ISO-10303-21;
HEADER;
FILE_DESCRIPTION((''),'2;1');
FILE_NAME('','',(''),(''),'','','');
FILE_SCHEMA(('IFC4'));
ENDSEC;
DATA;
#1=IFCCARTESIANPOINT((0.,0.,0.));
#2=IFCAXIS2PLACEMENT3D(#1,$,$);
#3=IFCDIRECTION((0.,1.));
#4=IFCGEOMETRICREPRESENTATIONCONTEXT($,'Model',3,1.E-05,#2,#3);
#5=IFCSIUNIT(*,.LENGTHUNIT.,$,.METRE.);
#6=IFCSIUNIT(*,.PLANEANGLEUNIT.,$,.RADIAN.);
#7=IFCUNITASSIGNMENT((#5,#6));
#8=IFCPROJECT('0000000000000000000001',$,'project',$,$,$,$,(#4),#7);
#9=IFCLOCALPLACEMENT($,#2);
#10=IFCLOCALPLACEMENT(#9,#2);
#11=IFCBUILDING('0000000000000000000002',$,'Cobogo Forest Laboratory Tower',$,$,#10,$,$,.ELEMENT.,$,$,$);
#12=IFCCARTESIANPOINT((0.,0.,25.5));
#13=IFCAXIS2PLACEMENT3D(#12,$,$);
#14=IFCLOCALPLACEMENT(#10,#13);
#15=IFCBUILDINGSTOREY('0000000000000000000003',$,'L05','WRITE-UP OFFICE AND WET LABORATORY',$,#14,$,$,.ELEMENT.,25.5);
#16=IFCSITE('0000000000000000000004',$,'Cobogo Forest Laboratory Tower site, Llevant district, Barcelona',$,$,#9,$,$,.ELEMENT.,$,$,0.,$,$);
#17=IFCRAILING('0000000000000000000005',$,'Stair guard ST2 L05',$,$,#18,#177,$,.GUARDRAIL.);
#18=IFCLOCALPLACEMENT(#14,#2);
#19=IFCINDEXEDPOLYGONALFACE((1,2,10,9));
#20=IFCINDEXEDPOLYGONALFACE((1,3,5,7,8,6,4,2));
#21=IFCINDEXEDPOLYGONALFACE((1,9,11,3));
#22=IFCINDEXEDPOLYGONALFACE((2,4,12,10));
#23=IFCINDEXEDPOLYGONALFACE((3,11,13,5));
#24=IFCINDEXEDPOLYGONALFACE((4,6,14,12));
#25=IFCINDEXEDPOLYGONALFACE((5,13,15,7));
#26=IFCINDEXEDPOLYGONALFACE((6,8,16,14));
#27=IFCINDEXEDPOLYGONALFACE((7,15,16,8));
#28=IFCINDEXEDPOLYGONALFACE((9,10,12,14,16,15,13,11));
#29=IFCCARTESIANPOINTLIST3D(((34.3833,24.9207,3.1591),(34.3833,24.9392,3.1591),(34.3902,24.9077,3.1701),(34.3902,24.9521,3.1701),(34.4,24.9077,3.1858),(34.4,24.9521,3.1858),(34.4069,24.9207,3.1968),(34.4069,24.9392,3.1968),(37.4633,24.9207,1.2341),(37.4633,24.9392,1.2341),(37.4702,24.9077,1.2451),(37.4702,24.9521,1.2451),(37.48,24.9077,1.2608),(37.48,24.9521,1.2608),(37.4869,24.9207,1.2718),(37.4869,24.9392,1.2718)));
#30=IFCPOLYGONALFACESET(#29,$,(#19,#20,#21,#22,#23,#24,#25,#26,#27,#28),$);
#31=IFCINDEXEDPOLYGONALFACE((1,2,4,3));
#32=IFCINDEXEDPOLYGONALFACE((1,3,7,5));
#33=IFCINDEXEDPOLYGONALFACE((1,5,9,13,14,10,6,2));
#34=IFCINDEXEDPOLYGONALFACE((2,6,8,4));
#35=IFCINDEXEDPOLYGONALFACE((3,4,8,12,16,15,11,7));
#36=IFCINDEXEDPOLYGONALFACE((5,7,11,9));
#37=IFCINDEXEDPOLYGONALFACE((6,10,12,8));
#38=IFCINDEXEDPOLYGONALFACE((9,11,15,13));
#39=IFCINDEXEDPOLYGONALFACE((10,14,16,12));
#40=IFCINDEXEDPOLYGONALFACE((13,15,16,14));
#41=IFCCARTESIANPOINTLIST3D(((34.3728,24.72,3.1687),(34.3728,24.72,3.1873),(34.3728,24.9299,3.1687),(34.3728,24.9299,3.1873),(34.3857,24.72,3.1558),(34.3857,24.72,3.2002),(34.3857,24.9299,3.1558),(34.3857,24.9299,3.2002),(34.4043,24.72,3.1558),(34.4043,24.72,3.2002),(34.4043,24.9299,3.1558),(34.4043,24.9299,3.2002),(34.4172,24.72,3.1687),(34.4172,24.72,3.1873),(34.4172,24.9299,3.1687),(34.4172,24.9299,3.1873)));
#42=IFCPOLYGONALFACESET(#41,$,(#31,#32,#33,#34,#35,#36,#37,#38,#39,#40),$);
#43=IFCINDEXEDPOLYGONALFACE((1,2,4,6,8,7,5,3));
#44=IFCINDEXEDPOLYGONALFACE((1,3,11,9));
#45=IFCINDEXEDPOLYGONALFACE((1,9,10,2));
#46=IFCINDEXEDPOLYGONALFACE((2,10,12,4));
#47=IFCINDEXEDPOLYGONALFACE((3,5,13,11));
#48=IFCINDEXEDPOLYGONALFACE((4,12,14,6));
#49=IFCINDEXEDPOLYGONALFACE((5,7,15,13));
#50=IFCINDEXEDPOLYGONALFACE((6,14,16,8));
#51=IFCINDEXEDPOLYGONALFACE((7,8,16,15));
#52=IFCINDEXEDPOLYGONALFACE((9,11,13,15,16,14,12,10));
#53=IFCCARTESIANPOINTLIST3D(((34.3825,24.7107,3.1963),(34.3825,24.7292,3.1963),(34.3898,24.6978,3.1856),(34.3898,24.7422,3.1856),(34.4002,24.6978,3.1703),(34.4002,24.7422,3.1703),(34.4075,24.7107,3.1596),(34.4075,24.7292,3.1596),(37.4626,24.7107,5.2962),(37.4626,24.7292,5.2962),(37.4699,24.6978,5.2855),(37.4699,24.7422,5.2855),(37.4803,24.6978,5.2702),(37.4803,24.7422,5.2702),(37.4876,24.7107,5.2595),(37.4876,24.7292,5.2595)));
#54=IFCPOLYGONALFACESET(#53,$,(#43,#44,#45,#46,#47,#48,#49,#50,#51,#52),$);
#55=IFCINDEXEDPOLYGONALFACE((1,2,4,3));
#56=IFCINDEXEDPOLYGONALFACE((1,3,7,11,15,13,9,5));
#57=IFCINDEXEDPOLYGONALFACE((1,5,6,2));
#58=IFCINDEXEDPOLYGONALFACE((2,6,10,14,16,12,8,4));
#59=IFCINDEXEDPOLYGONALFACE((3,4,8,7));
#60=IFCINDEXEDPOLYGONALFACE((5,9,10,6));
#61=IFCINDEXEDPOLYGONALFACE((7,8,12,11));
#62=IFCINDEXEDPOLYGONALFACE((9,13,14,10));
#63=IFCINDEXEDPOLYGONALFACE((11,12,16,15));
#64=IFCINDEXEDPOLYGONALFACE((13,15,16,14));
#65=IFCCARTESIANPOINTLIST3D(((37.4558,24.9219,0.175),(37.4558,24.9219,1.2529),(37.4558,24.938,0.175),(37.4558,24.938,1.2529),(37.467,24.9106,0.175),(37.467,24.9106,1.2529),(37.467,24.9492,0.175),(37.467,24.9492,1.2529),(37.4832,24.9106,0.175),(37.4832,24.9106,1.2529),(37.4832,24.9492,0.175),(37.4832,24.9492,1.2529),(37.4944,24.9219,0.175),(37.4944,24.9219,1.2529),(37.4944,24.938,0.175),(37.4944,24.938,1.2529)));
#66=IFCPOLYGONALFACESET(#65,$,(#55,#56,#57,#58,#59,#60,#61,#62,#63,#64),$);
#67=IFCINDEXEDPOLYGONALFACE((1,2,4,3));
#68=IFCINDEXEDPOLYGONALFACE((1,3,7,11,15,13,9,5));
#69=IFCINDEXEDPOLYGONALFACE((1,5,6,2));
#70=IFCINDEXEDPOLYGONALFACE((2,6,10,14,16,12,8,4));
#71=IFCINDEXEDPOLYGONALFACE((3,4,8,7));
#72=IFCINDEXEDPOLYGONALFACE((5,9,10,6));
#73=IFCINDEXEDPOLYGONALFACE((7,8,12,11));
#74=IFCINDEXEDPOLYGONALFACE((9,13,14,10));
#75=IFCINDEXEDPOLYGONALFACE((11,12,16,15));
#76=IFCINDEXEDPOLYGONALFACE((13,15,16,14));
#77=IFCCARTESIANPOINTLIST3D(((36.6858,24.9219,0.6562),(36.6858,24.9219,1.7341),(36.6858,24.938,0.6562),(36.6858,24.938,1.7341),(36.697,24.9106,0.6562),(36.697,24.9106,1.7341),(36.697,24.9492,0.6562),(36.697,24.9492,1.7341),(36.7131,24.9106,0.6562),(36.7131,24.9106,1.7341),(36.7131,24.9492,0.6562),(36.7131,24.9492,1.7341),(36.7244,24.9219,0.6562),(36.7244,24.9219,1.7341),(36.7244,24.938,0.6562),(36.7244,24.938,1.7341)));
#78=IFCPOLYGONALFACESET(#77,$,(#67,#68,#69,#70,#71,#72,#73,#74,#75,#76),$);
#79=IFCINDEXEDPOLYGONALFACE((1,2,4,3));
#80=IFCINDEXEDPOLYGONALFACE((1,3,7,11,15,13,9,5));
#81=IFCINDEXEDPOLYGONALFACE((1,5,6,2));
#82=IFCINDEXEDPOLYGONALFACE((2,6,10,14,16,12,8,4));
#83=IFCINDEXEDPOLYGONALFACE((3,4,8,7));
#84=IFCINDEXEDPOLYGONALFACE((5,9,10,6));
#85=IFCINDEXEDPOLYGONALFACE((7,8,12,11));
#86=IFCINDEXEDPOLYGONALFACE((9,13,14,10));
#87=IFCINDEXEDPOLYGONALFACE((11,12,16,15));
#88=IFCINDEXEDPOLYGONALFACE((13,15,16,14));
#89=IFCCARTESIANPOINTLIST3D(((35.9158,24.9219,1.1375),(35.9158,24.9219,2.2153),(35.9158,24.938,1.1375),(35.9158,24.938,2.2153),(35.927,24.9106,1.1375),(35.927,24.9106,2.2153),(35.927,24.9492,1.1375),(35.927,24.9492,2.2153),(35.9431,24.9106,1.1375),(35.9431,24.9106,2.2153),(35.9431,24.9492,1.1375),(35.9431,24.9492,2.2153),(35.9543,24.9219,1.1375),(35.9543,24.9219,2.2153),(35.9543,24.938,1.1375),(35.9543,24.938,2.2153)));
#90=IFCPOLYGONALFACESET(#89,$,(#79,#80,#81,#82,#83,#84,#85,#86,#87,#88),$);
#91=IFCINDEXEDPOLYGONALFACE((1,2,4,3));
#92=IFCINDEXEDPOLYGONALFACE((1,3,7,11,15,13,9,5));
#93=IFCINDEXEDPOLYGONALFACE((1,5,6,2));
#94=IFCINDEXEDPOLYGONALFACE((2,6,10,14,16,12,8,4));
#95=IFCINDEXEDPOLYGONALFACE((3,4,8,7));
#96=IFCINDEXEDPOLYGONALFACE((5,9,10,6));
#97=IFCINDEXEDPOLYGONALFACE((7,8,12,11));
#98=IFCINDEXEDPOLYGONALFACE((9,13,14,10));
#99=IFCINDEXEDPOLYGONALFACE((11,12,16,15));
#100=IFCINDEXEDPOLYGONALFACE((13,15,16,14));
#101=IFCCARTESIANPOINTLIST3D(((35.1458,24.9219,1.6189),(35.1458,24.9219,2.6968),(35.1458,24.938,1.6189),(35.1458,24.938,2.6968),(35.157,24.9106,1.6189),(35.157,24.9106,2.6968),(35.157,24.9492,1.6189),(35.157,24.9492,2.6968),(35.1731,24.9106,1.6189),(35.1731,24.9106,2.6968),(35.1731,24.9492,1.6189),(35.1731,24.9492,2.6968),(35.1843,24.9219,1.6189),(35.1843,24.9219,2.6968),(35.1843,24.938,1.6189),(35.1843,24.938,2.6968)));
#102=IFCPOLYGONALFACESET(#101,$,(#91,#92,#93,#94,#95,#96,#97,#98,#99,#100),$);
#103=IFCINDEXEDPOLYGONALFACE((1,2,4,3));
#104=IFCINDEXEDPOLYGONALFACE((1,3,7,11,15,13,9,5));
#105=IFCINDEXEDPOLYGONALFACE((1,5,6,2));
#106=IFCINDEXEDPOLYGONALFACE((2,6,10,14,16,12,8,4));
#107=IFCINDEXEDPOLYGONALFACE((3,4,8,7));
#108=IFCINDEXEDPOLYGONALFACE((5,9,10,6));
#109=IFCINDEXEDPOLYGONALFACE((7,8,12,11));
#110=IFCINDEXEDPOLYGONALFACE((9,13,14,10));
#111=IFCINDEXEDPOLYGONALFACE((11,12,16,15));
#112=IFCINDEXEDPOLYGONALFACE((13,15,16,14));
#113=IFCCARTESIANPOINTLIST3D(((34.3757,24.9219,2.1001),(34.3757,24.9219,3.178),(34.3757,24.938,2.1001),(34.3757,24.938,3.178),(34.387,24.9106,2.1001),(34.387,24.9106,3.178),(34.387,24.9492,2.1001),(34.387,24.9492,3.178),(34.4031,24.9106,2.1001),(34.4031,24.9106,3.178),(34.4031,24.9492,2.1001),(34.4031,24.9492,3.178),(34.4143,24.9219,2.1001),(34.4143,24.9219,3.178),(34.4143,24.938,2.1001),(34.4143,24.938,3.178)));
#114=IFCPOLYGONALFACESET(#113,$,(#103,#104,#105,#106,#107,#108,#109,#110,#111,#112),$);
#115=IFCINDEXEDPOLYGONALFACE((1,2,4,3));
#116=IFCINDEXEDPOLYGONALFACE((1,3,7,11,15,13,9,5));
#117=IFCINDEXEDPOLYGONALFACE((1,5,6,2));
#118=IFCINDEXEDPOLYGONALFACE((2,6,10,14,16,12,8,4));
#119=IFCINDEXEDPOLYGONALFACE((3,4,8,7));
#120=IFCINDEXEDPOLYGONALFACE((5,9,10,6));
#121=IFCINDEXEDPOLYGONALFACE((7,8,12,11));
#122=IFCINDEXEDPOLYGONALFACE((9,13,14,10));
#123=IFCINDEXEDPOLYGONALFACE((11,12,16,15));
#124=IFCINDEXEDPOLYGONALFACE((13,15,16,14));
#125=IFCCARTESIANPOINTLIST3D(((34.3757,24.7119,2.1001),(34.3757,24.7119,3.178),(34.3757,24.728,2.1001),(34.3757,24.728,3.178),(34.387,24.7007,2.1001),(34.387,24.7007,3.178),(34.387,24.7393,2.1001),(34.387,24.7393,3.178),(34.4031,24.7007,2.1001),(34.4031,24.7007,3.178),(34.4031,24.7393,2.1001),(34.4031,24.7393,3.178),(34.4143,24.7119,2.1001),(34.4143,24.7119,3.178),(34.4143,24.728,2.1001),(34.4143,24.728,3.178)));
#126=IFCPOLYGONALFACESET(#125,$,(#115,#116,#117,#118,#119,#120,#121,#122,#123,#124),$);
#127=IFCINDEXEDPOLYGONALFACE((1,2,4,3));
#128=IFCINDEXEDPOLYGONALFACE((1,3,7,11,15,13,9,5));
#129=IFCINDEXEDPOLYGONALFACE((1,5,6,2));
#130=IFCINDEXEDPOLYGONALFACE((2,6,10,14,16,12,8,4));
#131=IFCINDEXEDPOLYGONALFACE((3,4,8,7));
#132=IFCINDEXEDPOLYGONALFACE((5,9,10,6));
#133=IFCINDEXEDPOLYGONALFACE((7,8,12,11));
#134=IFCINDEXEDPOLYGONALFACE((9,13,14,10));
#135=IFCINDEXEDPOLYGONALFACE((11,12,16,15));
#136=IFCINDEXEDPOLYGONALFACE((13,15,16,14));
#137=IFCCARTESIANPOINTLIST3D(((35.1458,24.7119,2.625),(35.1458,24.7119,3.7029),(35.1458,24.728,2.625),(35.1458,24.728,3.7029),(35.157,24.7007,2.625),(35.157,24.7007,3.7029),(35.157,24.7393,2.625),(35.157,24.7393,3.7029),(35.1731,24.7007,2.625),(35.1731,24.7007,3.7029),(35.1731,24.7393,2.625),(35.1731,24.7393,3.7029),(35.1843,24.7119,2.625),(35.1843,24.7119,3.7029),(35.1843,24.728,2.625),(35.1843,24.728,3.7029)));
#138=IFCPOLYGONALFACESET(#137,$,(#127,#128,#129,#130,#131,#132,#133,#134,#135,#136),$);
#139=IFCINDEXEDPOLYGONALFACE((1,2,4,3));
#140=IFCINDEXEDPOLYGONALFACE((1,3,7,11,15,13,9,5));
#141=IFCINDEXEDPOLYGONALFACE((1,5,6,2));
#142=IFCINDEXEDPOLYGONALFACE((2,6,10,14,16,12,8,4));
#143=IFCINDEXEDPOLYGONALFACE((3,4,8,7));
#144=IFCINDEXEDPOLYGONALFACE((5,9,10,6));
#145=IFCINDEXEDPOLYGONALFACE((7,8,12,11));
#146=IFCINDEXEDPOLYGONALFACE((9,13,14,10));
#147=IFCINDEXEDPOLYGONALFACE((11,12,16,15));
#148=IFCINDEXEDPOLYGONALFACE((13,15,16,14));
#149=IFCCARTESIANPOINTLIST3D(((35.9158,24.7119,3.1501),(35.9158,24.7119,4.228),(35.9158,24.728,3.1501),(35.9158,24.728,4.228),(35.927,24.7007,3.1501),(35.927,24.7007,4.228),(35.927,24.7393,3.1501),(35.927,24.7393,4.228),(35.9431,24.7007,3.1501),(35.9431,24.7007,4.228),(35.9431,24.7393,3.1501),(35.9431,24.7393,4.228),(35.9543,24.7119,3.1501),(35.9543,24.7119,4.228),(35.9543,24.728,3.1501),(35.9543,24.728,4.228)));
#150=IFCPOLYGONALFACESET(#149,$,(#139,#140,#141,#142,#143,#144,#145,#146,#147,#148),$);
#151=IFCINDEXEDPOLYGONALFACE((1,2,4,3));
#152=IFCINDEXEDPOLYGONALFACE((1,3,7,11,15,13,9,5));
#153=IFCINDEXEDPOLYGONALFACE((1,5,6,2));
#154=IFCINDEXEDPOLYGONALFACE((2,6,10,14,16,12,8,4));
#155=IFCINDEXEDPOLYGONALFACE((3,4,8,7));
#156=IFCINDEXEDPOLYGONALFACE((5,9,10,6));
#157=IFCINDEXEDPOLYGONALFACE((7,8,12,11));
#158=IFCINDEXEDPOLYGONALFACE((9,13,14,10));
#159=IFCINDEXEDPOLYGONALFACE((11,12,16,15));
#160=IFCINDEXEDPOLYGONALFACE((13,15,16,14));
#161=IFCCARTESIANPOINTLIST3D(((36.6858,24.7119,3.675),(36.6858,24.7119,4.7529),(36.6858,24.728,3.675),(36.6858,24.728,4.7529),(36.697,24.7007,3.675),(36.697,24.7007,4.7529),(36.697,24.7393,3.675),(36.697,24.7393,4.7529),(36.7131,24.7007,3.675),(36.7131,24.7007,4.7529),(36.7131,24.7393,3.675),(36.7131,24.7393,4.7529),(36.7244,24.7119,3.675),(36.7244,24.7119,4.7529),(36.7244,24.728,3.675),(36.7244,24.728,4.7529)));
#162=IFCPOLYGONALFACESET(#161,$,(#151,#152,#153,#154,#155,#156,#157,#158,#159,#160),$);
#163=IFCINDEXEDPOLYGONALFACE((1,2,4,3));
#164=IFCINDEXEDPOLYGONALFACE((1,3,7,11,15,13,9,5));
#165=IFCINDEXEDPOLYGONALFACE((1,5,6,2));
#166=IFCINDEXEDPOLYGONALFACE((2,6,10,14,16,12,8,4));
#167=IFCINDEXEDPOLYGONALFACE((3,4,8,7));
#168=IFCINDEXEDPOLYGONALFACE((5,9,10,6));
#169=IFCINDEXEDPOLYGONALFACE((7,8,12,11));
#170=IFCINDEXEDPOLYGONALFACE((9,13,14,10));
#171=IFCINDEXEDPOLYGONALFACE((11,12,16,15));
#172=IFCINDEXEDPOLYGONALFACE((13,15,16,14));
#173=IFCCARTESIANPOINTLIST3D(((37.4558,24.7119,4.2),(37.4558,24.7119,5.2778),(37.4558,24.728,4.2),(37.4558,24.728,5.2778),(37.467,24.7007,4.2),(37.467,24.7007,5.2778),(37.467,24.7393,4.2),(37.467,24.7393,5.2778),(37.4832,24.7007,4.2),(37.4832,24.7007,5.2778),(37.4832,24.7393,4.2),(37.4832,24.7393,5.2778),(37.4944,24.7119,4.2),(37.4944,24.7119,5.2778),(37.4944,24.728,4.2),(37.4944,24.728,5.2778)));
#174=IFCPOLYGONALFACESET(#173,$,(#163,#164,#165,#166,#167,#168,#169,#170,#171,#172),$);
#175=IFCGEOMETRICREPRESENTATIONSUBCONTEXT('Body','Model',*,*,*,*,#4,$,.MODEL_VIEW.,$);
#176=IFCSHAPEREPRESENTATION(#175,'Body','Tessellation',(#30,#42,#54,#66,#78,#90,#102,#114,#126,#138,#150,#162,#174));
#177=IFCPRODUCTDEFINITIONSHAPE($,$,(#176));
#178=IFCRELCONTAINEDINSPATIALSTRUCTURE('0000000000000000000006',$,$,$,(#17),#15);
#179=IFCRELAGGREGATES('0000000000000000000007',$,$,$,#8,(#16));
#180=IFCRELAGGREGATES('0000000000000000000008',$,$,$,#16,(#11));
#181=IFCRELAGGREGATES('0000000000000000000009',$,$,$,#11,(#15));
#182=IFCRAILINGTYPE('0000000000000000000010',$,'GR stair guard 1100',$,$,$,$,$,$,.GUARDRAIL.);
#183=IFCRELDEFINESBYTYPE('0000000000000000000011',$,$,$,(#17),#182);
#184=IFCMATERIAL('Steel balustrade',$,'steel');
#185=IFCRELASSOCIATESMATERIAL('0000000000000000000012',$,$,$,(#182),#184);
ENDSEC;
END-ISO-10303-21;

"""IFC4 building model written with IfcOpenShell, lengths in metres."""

from ifc_helpers import new_model, si_unit, direction, frame, origin, place, context, subcontext, project, spatial, polyline, outline, extrude, material, type_object, element, save


model = new_model("IFC4")

# Units and contexts
model_context = context("Model", 3, precision=1e-05, world=origin(), true_north=direction((0.0, 1.0)))
body_context = subcontext(model_context, "Body", "Model", "MODEL_VIEW")
ifc_project = project(units=[si_unit("LENGTHUNIT", "METRE"), si_unit("PLANEANGLEUNIT", "RADIAN")], contexts=[model_context])

# Site, building, storey
site_placement = place(None, origin())
site = spatial("IfcSite", under=ifc_project, at=site_placement, Name="Cobogo Forest Laboratory Tower site, Llevant district, Barcelona", CompositionType="ELEMENT", RefElevation=0.0)
building_placement = place(site_placement, origin())
building = spatial("IfcBuilding", under=site, at=building_placement, Name="Cobogo Forest Laboratory Tower", CompositionType="ELEMENT")
storey_placement = place(building_placement, frame((0.0, 0.0, 25.5)))
storey = spatial("IfcBuildingStorey", under=building, at=storey_placement, Name="L05", Description="WRITE-UP OFFICE AND WET LABORATORY", CompositionType="ELEMENT", Elevation=25.5)

# Railing
ifc_material_1 = material(Name="Steel balustrade", Category="steel")
railing_type_1 = type_object("IfcRailingType", Name="GR stair guard 1100", PredefinedType="GUARDRAIL", material=ifc_material_1)
railing_1_placement = place(storey_placement, frame((37.4751, 24.9299, 0.175)))
element("IfcRailing", 1, at=railing_1_placement, inside=storey, type_object=railing_type_1, Name="Stair guard ST2 L05", PredefinedType="GUARDRAIL", context=body_context, shape_type="SweptSolid", body=[
    extrude(outline(polyline([(0.0222, 0.0093), (0.0093, 0.0222), (-0.0093, 0.0222), (-0.0222, 0.0093), (-0.0222, -0.0093), (-0.0093, -0.0222), (0.0093, -0.0222), (0.0222, -0.0093), (0.0222, 0.0093)])), frame((0.0, 0.0, 1.0779), z_axis=(-0.847998, 0.0, 0.529999), x_axis=(0.0, -1.0, 0.0)), (0.0, 0.0, 1.0), 3.6321),
    extrude(outline(polyline([(0.0222, 0.0093), (0.0093, 0.0222), (-0.0093, 0.0222), (-0.0222, 0.0093), (-0.0222, -0.0093), (-0.0093, -0.0222), (0.0093, -0.0222), (0.0222, -0.0093), (0.0222, 0.0093)])), frame((-3.0801, 0.0, 3.0029), z_axis=(0.0, -1.0, 0.0), x_axis=(1.0, 0.0, 0.0)), (0.0, 0.0, 1.0), 0.21),
    extrude(outline(polyline([(0.0222, 0.0093), (0.0093, 0.0222), (-0.0093, 0.0222), (-0.0222, 0.0093), (-0.0222, -0.0093), (-0.0093, -0.0222), (0.0093, -0.0222), (0.0222, -0.0093), (0.0222, 0.0093)])), frame((-3.0801, -0.21, 3.0029), z_axis=(0.826252, 0.0, 0.5633), x_axis=(0.0, 1.0, 0.0)), (0.0, 0.0, 1.0), 3.7278),
    extrude(outline(polyline([(0.0193, 0.0081), (0.0081, 0.0193), (-0.0081, 0.0193), (-0.0193, 0.0081), (-0.0193, -0.0081), (-0.0081, -0.0193), (0.0081, -0.0193), (0.0193, -0.0081), (0.0193, 0.0081)])), origin(), (0.0, 0.0, 1.0), 1.0779),
    extrude(outline(polyline([(0.0193, 0.0081), (0.0081, 0.0193), (-0.0081, 0.0193), (-0.0193, 0.0081), (-0.0193, -0.0081), (-0.0081, -0.0193), (0.0081, -0.0193), (0.0193, -0.0081), (0.0193, 0.0081)])), frame((-0.77, 0.0, 0.4812)), (0.0, 0.0, 1.0), 1.0779),
    extrude(outline(polyline([(0.0193, 0.0081), (0.0081, 0.0193), (-0.0081, 0.0193), (-0.0193, 0.0081), (-0.0193, -0.0081), (-0.0081, -0.0193), (0.0081, -0.0193), (0.0193, -0.0081), (0.0193, 0.0081)])), frame((-1.54, 0.0, 0.9624)), (0.0, 0.0, 1.0), 1.0779),
    extrude(outline(polyline([(0.0193, 0.0081), (0.0081, 0.0193), (-0.0081, 0.0193), (-0.0193, 0.0081), (-0.0193, -0.0081), (-0.0081, -0.0193), (0.0081, -0.0193), (0.0193, -0.0081), (0.0193, 0.0081)])), frame((-2.3101, 0.0, 1.4438)), (0.0, 0.0, 1.0), 1.0779),
    extrude(outline(polyline([(0.0193, 0.0081), (0.0081, 0.0193), (-0.0081, 0.0193), (-0.0193, 0.0081), (-0.0193, -0.0081), (-0.0081, -0.0193), (0.0081, -0.0193), (0.0193, -0.0081), (0.0193, 0.0081)])), frame((-3.0801, 0.0, 1.925)), (0.0, 0.0, 1.0), 1.0779),
    extrude(outline(polyline([(0.0193, 0.0081), (0.0081, 0.0193), (-0.0081, 0.0193), (-0.0193, 0.0081), (-0.0193, -0.0081), (-0.0081, -0.0193), (0.0081, -0.0193), (0.0193, -0.0081), (0.0193, 0.0081)])), frame((-3.0801, -0.21, 1.925)), (0.0, 0.0, 1.0), 1.0779),
    extrude(outline(polyline([(0.0193, 0.0081), (0.0081, 0.0193), (-0.0081, 0.0193), (-0.0193, 0.0081), (-0.0193, -0.0081), (-0.0081, -0.0193), (0.0081, -0.0193), (0.0193, -0.0081), (0.0193, 0.0081)])), frame((-2.3101, -0.21, 2.45)), (0.0, 0.0, 1.0), 1.0779),
    extrude(outline(polyline([(0.0193, 0.0081), (0.0081, 0.0193), (-0.0081, 0.0193), (-0.0193, 0.0081), (-0.0193, -0.0081), (-0.0081, -0.0193), (0.0081, -0.0193), (0.0193, -0.0081), (0.0193, 0.0081)])), frame((-1.54, -0.21, 2.9751)), (0.0, 0.0, 1.0), 1.0779),
    extrude(outline(polyline([(0.0193, 0.0081), (0.0081, 0.0193), (-0.0081, 0.0193), (-0.0193, 0.0081), (-0.0193, -0.0081), (-0.0081, -0.0193), (0.0081, -0.0193), (0.0193, -0.0081), (0.0193, 0.0081)])), frame((-0.77, -0.21, 3.5)), (0.0, 0.0, 1.0), 1.0779),
    extrude(outline(polyline([(0.0193, 0.0081), (0.0081, 0.0193), (-0.0081, 0.0193), (-0.0193, 0.0081), (-0.0193, -0.0081), (-0.0081, -0.0193), (0.0081, -0.0193), (0.0193, -0.0081), (0.0193, 0.0081)])), frame((0.0, -0.21, 4.0249)), (0.0, 0.0, 1.0), 1.0779),
])

save(model, "model.ifc")
